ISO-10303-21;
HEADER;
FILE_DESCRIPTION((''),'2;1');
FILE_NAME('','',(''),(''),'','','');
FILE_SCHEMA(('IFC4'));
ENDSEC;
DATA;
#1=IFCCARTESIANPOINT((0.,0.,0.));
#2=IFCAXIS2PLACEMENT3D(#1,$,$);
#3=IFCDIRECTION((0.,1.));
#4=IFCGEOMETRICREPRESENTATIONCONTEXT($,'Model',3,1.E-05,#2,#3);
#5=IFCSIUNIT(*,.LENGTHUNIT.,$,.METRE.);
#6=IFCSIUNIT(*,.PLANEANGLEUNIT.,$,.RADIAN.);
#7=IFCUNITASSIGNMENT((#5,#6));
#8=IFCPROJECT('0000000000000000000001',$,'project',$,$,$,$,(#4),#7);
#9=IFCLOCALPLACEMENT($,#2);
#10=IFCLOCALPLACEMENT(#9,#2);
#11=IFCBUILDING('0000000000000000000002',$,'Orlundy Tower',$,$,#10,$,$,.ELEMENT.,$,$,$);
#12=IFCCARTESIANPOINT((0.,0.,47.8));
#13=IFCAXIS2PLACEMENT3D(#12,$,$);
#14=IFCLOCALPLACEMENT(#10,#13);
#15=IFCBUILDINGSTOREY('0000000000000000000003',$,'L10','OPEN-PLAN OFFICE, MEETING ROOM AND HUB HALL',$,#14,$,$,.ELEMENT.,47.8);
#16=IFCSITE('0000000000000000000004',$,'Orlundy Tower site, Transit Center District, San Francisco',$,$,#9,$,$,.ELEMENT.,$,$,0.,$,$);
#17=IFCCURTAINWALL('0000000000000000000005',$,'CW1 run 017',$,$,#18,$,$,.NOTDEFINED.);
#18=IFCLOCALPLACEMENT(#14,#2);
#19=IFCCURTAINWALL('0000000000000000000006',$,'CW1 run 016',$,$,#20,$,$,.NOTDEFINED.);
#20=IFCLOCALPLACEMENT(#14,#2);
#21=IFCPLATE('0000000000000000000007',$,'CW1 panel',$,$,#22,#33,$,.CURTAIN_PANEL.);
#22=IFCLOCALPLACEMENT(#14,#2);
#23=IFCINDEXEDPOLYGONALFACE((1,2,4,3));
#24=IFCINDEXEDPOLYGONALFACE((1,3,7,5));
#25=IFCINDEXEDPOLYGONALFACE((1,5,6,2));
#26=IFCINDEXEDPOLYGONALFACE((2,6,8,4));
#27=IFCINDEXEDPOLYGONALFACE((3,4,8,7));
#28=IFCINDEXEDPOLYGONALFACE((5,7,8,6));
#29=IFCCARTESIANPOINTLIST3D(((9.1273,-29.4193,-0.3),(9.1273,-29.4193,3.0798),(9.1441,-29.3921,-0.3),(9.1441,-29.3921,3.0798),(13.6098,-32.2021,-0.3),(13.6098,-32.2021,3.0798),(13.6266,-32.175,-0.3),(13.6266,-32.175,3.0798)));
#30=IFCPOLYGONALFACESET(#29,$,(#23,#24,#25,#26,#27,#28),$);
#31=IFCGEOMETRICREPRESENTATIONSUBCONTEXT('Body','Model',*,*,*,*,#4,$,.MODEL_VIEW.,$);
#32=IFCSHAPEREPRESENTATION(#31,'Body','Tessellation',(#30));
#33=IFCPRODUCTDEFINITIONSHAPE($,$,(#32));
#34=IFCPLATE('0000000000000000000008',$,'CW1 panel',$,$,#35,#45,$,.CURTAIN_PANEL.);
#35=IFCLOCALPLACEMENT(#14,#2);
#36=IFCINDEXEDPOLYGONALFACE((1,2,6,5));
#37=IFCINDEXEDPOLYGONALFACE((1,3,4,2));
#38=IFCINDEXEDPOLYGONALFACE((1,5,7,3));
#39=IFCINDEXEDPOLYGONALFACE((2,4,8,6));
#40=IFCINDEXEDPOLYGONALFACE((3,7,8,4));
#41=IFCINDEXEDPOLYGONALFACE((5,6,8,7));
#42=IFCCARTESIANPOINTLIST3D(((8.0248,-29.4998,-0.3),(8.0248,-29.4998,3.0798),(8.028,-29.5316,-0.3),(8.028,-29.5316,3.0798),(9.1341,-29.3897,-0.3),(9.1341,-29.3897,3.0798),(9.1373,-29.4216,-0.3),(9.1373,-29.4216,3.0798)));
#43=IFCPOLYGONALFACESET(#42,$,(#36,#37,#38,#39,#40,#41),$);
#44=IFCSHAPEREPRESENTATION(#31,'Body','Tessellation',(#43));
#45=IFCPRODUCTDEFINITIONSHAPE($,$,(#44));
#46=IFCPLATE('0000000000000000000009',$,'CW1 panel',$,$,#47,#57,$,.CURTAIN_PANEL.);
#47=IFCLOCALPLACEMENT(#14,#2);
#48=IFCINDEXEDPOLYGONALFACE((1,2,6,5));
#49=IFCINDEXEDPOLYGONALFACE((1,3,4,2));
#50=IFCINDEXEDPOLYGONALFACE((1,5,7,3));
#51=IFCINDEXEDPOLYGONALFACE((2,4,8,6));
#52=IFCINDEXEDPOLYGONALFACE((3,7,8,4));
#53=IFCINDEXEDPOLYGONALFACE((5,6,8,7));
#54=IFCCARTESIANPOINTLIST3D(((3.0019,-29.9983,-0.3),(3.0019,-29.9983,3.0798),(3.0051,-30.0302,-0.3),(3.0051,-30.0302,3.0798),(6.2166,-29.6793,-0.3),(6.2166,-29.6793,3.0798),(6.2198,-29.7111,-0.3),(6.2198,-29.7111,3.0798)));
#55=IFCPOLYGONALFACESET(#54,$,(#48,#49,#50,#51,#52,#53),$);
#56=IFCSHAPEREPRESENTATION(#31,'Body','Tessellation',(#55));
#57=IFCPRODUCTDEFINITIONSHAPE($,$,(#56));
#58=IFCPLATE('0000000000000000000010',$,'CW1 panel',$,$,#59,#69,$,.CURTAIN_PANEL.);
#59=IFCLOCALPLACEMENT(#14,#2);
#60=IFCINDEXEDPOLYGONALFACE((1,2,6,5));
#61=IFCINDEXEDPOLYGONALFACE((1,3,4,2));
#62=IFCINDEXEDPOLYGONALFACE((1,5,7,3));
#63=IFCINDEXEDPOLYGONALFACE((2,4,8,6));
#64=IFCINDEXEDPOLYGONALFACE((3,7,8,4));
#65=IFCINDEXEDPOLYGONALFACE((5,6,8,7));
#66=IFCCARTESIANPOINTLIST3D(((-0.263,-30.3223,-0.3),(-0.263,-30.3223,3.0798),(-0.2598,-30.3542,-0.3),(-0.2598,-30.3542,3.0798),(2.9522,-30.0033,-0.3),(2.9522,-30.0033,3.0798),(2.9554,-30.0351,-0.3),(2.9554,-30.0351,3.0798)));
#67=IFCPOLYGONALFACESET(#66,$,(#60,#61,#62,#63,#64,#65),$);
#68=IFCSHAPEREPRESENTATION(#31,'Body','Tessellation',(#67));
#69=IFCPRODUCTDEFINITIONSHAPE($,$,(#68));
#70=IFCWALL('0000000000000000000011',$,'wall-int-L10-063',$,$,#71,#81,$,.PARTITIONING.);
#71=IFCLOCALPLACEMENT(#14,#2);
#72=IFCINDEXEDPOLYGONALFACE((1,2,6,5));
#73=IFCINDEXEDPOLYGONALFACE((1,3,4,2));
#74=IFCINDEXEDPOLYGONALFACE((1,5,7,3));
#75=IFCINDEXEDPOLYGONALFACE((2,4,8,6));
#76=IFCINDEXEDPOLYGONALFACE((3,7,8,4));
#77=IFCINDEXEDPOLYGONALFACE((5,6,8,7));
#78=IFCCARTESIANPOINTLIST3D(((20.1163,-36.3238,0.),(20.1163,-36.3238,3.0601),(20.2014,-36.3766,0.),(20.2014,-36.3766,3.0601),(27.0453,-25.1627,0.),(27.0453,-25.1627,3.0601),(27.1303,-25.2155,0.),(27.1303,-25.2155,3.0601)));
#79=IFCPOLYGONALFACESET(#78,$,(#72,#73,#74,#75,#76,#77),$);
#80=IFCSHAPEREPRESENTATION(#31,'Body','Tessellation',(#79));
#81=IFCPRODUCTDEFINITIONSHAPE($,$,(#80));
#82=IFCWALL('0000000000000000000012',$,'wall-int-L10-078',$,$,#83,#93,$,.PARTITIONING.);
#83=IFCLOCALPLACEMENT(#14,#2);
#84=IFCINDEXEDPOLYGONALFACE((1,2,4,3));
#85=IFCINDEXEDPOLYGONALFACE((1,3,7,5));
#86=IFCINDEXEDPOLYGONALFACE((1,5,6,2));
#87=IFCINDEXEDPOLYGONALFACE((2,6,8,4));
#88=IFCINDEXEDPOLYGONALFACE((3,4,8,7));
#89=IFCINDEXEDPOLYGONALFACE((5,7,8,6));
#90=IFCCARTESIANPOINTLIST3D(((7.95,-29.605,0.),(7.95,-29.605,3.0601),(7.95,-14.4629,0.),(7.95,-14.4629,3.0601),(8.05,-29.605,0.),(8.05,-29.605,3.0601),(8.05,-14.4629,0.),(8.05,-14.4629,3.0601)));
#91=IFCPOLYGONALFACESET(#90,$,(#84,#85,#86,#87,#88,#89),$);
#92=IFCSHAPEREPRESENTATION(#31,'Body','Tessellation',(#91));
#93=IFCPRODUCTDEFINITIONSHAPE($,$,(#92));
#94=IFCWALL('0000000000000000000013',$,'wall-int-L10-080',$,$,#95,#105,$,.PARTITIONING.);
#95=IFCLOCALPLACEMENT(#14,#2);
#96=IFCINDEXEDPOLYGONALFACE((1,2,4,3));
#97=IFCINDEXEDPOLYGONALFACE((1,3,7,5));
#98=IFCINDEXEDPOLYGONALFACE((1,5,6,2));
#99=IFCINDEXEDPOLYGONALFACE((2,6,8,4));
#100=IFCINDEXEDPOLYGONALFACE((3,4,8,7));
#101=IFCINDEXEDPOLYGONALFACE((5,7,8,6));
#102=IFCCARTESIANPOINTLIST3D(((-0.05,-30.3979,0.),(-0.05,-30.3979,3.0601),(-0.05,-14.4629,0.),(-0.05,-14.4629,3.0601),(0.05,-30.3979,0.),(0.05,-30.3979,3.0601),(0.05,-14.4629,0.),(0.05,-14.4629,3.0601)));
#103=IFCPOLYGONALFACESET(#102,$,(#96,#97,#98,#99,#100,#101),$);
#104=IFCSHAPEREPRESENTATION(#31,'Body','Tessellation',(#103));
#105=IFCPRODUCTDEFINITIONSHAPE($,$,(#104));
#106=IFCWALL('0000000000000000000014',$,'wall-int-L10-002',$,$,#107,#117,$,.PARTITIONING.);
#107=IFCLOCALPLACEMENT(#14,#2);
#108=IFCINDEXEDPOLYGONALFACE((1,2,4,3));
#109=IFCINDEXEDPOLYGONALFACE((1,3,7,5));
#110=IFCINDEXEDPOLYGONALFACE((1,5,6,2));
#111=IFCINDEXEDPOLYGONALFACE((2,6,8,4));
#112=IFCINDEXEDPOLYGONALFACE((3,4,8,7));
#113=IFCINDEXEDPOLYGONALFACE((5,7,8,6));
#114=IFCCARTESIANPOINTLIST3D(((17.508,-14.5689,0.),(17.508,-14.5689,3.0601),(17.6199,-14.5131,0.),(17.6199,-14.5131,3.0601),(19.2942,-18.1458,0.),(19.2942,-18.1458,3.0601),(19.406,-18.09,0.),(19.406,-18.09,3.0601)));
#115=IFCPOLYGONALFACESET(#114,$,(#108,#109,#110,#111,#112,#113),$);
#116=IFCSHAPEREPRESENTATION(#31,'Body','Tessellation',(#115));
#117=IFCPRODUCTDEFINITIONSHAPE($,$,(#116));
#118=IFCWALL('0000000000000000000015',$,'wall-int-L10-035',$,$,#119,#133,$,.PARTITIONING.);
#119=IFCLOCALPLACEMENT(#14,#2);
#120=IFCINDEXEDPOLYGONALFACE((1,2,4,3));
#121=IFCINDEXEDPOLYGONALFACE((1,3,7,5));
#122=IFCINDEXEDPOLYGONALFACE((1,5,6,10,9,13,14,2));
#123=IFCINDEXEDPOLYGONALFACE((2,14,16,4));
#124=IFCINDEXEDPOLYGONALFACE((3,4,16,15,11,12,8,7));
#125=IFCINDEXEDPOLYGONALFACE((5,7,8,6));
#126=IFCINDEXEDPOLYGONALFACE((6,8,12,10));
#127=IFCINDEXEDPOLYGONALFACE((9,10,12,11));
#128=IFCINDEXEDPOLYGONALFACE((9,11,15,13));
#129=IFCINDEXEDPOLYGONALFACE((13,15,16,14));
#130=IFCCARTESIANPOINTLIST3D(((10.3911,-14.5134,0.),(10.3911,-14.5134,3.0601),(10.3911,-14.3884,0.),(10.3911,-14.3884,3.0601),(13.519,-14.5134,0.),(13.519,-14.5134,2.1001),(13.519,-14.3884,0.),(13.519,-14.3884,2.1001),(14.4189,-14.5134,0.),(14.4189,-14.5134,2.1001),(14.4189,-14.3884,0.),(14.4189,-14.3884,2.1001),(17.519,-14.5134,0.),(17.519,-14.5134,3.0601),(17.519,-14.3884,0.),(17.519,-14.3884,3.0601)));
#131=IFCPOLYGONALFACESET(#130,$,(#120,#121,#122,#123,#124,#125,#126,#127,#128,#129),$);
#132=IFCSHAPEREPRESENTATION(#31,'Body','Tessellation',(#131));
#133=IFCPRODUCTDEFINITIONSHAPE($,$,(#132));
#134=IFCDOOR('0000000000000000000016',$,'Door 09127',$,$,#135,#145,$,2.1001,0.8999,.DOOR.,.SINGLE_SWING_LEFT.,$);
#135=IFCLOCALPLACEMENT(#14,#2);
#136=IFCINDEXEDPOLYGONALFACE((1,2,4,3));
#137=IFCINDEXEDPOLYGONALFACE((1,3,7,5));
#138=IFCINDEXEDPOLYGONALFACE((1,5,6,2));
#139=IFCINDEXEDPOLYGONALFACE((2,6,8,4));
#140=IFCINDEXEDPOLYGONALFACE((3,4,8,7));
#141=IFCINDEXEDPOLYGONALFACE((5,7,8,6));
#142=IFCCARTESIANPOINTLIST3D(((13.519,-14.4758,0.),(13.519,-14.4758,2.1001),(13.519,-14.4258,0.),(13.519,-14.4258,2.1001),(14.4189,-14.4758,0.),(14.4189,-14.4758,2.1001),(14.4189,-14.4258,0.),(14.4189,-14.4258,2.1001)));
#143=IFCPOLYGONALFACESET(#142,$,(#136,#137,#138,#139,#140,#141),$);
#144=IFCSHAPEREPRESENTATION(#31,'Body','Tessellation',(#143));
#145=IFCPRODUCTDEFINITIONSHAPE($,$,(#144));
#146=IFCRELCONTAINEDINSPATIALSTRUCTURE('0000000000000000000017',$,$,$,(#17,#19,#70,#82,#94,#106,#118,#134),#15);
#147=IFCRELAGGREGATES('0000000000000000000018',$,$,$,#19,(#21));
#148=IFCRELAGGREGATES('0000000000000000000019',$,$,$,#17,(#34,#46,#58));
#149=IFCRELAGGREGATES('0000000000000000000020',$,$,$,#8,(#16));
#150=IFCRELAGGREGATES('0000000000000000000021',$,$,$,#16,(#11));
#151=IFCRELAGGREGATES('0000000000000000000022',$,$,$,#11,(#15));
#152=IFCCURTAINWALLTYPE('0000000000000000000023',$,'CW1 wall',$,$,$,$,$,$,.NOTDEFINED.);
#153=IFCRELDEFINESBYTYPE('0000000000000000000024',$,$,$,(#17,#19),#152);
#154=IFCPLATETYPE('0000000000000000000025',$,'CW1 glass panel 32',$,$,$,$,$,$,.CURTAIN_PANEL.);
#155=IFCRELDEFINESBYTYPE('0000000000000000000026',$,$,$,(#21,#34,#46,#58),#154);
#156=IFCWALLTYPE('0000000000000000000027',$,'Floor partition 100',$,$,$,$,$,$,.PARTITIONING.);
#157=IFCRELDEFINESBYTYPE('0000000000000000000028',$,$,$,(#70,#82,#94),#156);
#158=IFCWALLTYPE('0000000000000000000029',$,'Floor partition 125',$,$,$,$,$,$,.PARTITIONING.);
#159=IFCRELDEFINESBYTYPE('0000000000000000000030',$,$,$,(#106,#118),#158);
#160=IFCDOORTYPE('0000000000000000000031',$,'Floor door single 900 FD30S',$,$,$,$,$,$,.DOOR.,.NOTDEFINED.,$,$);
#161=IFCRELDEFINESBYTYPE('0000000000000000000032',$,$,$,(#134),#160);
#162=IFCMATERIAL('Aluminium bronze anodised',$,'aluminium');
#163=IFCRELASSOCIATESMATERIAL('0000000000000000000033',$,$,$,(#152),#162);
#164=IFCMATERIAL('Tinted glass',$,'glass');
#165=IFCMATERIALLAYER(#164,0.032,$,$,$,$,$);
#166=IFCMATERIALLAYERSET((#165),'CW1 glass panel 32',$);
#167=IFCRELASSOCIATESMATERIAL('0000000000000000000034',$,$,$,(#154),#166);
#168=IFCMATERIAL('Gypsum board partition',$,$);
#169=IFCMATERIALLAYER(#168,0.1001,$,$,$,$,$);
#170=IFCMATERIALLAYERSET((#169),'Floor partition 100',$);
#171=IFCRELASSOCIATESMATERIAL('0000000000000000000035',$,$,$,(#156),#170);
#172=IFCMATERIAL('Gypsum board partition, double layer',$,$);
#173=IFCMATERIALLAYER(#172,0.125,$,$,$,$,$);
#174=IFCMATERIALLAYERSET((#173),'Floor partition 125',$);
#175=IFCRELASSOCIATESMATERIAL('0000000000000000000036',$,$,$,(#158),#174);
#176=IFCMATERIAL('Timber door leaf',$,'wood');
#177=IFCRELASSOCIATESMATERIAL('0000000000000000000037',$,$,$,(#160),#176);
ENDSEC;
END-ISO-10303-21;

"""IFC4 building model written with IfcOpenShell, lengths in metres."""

from ifc_helpers import new_model, si_unit, direction, frame, frame_2d, origin, origin_2d, place, context, subcontext, project, spatial, rectangle, extrude, material, layer, layer_set, type_object, element, fill, aggregate, save


model = new_model("IFC4")

# Units and contexts
model_context = context("Model", 3, precision=1e-05, world=origin(), true_north=direction((0.0, 1.0)))
body_context = subcontext(model_context, "Body", "Model", "MODEL_VIEW")
ifc_project = project(units=[si_unit("LENGTHUNIT", "METRE"), si_unit("PLANEANGLEUNIT", "RADIAN")], contexts=[model_context])

# Site, building, storey
site_placement = place(None, origin())
site = spatial("IfcSite", under=ifc_project, at=site_placement, Name="Orlundy Tower site, Transit Center District, San Francisco", CompositionType="ELEMENT", RefElevation=0.0)
building_placement = place(site_placement, origin())
building = spatial("IfcBuilding", under=site, at=building_placement, Name="Orlundy Tower", CompositionType="ELEMENT")
storey_placement = place(building_placement, frame((0.0, 0.0, 47.8)))
storey = spatial("IfcBuildingStorey", under=building, at=storey_placement, Name="L10", Description="OPEN-PLAN OFFICE, MEETING ROOM AND HUB HALL", CompositionType="ELEMENT", Elevation=47.8)

# Curtain wall
ifc_material_1 = material(Name="Aluminium bronze anodised", Category="aluminium")
curtain_wall_type = type_object("IfcCurtainWallType", Name="CW1 wall", PredefinedType="NOTDEFINED", material=ifc_material_1)
curtain_wall_1_placement = place(storey_placement, origin())
curtain_wall_1 = element("IfcCurtainWall", 1, at=curtain_wall_1_placement, inside=storey, type_object=curtain_wall_type, Name="CW1 run 017", PredefinedType="NOTDEFINED")

# Curtain wall
curtain_wall_2_placement = place(storey_placement, origin())
curtain_wall_2 = element("IfcCurtainWall", 2, at=curtain_wall_2_placement, inside=storey, type_object=curtain_wall_type, Name="CW1 run 016", PredefinedType="NOTDEFINED")

# Plates
ifc_material_2 = material(Name="Tinted glass", Category="glass")
ifc_layer_1 = layer(ifc_material_2, 0.032)
ifc_layer_set_1 = layer_set([ifc_layer_1], Name="CW1 glass panel 32")
plate_type = type_object("IfcPlateType", Name="CW1 glass panel 32", PredefinedType="CURTAIN_PANEL", material=ifc_layer_set_1)
plate_1_placement = place(storey_placement, frame((11.377, -30.7971, -0.3), z_axis=(0.0, 0.0, 1.0), x_axis=(-0.849587, 0.527449, 0.0)))
plate_1 = element("IfcPlate", 3, at=plate_1_placement, type_object=plate_type, Name="CW1 panel", PredefinedType="CURTAIN_PANEL", context=body_context, shape_type="SweptSolid", body=[
    extrude(rectangle(XDim=5.2761, YDim=0.032, at=origin_2d()), origin(), (0.0, 0.0, 1.0), 3.3799),
])
aggregate(curtain_wall_2, [plate_1])
plate_2_placement = place(storey_placement, frame((8.5811, -29.4607, -0.3), z_axis=(0.0, 0.0, 1.0), x_axis=(-0.995112, -0.09875, 0.0)))
plate_2 = element("IfcPlate", 4, at=plate_2_placement, type_object=plate_type, Name="CW1 panel", PredefinedType="CURTAIN_PANEL", context=body_context, shape_type="SweptSolid", body=[
    extrude(rectangle(XDim=1.1147, YDim=0.032, at=origin_2d()), origin(), (0.0, 0.0, 1.0), 3.3799),
])
plate_3_placement = place(storey_placement, frame((4.6108, -29.8547, -0.3), z_axis=(0.0, 0.0, 1.0), x_axis=(-0.995112, -0.09875, 0.0)))
plate_3 = element("IfcPlate", 5, at=plate_3_placement, type_object=plate_type, Name="CW1 panel", PredefinedType="CURTAIN_PANEL", context=body_context, shape_type="SweptSolid", body=[
    extrude(rectangle(XDim=3.2305, YDim=0.032, at=origin_2d()), origin(), (0.0, 0.0, 1.0), 3.3799),
])
plate_4_placement = place(storey_placement, frame((1.3462, -30.1787, -0.3), z_axis=(0.0, 0.0, 1.0), x_axis=(-0.995112, -0.09875, 0.0)))
plate_4 = element("IfcPlate", 6, at=plate_4_placement, type_object=plate_type, Name="CW1 panel", PredefinedType="CURTAIN_PANEL", context=body_context, shape_type="SweptSolid", body=[
    extrude(rectangle(XDim=3.231, YDim=0.032, at=origin_2d()), origin(), (0.0, 0.0, 1.0), 3.3799),
])
aggregate(curtain_wall_1, [plate_2, plate_3, plate_4])

# Walls
ifc_material_3 = material(Name="Gypsum board partition")
ifc_layer_2 = layer(ifc_material_3, 0.1001)
ifc_layer_set_2 = layer_set([ifc_layer_2], Name="Floor partition 100")
wall_type_1 = type_object("IfcWallType", Name="Floor partition 100", PredefinedType="PARTITIONING", material=ifc_layer_set_2)
wall_1_placement = place(storey_placement, frame((20.1589, -36.3501, 0.0), z_axis=(0.0, 0.0, 1.0), x_axis=(0.527437, 0.849594, 0.0)))
element("IfcWall", 7, at=wall_1_placement, inside=storey, type_object=wall_type_1, Name="wall-int-L10-063", PredefinedType="PARTITIONING", context=body_context, shape_type="SweptSolid", body=[
    extrude(rectangle(XDim=13.137, YDim=0.1001, at=frame_2d((6.5684, 0.0))), origin(), (0.0, 0.0, 1.0), 3.0601),
])
wall_2_placement = place(storey_placement, frame((8.0, -29.605, 0.0), z_axis=(0.0, 0.0, 1.0), x_axis=(0.0, 1.0, 0.0)))
element("IfcWall", 8, at=wall_2_placement, inside=storey, type_object=wall_type_1, Name="wall-int-L10-078", PredefinedType="PARTITIONING", context=body_context, shape_type="SweptSolid", body=[
    extrude(rectangle(XDim=15.1421, YDim=0.1001, at=frame_2d((7.571, 0.0))), origin(), (0.0, 0.0, 1.0), 3.0601),
])
wall_3_placement = place(storey_placement, frame((0.0, -30.3979, 0.0), z_axis=(0.0, 0.0, 1.0), x_axis=(0.0, 1.0, 0.0)))
element("IfcWall", 9, at=wall_3_placement, inside=storey, type_object=wall_type_1, Name="wall-int-L10-080", PredefinedType="PARTITIONING", context=body_context, shape_type="SweptSolid", body=[
    extrude(rectangle(XDim=15.9351, YDim=0.1001, at=frame_2d((7.9675, 0.0))), origin(), (0.0, 0.0, 1.0), 3.0601),
])
ifc_material_4 = material(Name="Gypsum board partition, double layer")
ifc_layer_3 = layer(ifc_material_4, 0.125)
ifc_layer_set_3 = layer_set([ifc_layer_3], Name="Floor partition 125")
wall_type_2 = type_object("IfcWallType", Name="Floor partition 125", PredefinedType="PARTITIONING", material=ifc_layer_set_3)
wall_4_placement = place(storey_placement, frame((17.564, -14.541, 0.0), z_axis=(0.0, 0.0, 1.0), x_axis=(0.446749, -0.894659, 0.0)))
element("IfcWall", 10, at=wall_4_placement, inside=storey, type_object=wall_type_2, Name="wall-int-L10-002", PredefinedType="PARTITIONING", context=body_context, shape_type="SweptSolid", body=[
    extrude(rectangle(XDim=3.998, YDim=0.125, at=frame_2d((1.999, 0.0))), origin(), (0.0, 0.0, 1.0), 3.0601),
])

# Wall, opening, door
wall_5_placement = place(storey_placement, frame((17.519, -14.4509, 0.0), z_axis=(0.0, 0.0, 1.0), x_axis=(-1.0, 0.0, 0.0)))
wall_5 = element("IfcWall", 11, at=wall_5_placement, inside=storey, type_object=wall_type_2, Name="wall-int-L10-035", PredefinedType="PARTITIONING", context=body_context, shape_type="SweptSolid", body=[
    extrude(rectangle(XDim=7.1279, YDim=0.125, at=frame_2d((3.564, 0.0))), origin(), (0.0, 0.0, 1.0), 3.0601),
])
opening_1_placement = place(wall_5_placement, frame((3.1001, 0.0, 0.0)))
opening_1 = element("IfcOpeningElement", 12, at=opening_1_placement, cuts=wall_5, PredefinedType="OPENING", context=body_context, shape_type="SweptSolid", body=[
    extrude(rectangle(XDim=0.8999, YDim=2.1001, at=frame_2d((0.45, 1.05))), frame((0.0, 0.0725, 0.0), z_axis=(0.0, -1.0, 0.0), x_axis=(1.0, 0.0, 0.0)), (0.0, 0.0, 1.0), 0.145),
])
ifc_material_5 = material(Name="Timber door leaf", Category="wood")
door_type_1 = type_object("IfcDoorType", Name="Floor door single 900 FD30S", OperationType="NOTDEFINED", PredefinedType="DOOR", material=ifc_material_5)
door_1_placement = place(opening_1_placement, origin())
door_1 = element("IfcDoor", 13, at=door_1_placement, inside=storey, type_object=door_type_1, Name="Door 09127", OperationType="SINGLE_SWING_LEFT", OverallHeight=2.1001, OverallWidth=0.8999, PredefinedType="DOOR", context=body_context, shape_type="SweptSolid", body=[
    extrude(rectangle(XDim=0.8999, YDim=2.1001, at=frame_2d((0.45, 1.05))), frame((0.0, 0.0249, 0.0), z_axis=(0.0, -1.0, 0.0), x_axis=(1.0, 0.0, 0.0)), (0.0, 0.0, 1.0), 0.05),
])
fill(opening_1, door_1)

save(model, "model.ifc")
